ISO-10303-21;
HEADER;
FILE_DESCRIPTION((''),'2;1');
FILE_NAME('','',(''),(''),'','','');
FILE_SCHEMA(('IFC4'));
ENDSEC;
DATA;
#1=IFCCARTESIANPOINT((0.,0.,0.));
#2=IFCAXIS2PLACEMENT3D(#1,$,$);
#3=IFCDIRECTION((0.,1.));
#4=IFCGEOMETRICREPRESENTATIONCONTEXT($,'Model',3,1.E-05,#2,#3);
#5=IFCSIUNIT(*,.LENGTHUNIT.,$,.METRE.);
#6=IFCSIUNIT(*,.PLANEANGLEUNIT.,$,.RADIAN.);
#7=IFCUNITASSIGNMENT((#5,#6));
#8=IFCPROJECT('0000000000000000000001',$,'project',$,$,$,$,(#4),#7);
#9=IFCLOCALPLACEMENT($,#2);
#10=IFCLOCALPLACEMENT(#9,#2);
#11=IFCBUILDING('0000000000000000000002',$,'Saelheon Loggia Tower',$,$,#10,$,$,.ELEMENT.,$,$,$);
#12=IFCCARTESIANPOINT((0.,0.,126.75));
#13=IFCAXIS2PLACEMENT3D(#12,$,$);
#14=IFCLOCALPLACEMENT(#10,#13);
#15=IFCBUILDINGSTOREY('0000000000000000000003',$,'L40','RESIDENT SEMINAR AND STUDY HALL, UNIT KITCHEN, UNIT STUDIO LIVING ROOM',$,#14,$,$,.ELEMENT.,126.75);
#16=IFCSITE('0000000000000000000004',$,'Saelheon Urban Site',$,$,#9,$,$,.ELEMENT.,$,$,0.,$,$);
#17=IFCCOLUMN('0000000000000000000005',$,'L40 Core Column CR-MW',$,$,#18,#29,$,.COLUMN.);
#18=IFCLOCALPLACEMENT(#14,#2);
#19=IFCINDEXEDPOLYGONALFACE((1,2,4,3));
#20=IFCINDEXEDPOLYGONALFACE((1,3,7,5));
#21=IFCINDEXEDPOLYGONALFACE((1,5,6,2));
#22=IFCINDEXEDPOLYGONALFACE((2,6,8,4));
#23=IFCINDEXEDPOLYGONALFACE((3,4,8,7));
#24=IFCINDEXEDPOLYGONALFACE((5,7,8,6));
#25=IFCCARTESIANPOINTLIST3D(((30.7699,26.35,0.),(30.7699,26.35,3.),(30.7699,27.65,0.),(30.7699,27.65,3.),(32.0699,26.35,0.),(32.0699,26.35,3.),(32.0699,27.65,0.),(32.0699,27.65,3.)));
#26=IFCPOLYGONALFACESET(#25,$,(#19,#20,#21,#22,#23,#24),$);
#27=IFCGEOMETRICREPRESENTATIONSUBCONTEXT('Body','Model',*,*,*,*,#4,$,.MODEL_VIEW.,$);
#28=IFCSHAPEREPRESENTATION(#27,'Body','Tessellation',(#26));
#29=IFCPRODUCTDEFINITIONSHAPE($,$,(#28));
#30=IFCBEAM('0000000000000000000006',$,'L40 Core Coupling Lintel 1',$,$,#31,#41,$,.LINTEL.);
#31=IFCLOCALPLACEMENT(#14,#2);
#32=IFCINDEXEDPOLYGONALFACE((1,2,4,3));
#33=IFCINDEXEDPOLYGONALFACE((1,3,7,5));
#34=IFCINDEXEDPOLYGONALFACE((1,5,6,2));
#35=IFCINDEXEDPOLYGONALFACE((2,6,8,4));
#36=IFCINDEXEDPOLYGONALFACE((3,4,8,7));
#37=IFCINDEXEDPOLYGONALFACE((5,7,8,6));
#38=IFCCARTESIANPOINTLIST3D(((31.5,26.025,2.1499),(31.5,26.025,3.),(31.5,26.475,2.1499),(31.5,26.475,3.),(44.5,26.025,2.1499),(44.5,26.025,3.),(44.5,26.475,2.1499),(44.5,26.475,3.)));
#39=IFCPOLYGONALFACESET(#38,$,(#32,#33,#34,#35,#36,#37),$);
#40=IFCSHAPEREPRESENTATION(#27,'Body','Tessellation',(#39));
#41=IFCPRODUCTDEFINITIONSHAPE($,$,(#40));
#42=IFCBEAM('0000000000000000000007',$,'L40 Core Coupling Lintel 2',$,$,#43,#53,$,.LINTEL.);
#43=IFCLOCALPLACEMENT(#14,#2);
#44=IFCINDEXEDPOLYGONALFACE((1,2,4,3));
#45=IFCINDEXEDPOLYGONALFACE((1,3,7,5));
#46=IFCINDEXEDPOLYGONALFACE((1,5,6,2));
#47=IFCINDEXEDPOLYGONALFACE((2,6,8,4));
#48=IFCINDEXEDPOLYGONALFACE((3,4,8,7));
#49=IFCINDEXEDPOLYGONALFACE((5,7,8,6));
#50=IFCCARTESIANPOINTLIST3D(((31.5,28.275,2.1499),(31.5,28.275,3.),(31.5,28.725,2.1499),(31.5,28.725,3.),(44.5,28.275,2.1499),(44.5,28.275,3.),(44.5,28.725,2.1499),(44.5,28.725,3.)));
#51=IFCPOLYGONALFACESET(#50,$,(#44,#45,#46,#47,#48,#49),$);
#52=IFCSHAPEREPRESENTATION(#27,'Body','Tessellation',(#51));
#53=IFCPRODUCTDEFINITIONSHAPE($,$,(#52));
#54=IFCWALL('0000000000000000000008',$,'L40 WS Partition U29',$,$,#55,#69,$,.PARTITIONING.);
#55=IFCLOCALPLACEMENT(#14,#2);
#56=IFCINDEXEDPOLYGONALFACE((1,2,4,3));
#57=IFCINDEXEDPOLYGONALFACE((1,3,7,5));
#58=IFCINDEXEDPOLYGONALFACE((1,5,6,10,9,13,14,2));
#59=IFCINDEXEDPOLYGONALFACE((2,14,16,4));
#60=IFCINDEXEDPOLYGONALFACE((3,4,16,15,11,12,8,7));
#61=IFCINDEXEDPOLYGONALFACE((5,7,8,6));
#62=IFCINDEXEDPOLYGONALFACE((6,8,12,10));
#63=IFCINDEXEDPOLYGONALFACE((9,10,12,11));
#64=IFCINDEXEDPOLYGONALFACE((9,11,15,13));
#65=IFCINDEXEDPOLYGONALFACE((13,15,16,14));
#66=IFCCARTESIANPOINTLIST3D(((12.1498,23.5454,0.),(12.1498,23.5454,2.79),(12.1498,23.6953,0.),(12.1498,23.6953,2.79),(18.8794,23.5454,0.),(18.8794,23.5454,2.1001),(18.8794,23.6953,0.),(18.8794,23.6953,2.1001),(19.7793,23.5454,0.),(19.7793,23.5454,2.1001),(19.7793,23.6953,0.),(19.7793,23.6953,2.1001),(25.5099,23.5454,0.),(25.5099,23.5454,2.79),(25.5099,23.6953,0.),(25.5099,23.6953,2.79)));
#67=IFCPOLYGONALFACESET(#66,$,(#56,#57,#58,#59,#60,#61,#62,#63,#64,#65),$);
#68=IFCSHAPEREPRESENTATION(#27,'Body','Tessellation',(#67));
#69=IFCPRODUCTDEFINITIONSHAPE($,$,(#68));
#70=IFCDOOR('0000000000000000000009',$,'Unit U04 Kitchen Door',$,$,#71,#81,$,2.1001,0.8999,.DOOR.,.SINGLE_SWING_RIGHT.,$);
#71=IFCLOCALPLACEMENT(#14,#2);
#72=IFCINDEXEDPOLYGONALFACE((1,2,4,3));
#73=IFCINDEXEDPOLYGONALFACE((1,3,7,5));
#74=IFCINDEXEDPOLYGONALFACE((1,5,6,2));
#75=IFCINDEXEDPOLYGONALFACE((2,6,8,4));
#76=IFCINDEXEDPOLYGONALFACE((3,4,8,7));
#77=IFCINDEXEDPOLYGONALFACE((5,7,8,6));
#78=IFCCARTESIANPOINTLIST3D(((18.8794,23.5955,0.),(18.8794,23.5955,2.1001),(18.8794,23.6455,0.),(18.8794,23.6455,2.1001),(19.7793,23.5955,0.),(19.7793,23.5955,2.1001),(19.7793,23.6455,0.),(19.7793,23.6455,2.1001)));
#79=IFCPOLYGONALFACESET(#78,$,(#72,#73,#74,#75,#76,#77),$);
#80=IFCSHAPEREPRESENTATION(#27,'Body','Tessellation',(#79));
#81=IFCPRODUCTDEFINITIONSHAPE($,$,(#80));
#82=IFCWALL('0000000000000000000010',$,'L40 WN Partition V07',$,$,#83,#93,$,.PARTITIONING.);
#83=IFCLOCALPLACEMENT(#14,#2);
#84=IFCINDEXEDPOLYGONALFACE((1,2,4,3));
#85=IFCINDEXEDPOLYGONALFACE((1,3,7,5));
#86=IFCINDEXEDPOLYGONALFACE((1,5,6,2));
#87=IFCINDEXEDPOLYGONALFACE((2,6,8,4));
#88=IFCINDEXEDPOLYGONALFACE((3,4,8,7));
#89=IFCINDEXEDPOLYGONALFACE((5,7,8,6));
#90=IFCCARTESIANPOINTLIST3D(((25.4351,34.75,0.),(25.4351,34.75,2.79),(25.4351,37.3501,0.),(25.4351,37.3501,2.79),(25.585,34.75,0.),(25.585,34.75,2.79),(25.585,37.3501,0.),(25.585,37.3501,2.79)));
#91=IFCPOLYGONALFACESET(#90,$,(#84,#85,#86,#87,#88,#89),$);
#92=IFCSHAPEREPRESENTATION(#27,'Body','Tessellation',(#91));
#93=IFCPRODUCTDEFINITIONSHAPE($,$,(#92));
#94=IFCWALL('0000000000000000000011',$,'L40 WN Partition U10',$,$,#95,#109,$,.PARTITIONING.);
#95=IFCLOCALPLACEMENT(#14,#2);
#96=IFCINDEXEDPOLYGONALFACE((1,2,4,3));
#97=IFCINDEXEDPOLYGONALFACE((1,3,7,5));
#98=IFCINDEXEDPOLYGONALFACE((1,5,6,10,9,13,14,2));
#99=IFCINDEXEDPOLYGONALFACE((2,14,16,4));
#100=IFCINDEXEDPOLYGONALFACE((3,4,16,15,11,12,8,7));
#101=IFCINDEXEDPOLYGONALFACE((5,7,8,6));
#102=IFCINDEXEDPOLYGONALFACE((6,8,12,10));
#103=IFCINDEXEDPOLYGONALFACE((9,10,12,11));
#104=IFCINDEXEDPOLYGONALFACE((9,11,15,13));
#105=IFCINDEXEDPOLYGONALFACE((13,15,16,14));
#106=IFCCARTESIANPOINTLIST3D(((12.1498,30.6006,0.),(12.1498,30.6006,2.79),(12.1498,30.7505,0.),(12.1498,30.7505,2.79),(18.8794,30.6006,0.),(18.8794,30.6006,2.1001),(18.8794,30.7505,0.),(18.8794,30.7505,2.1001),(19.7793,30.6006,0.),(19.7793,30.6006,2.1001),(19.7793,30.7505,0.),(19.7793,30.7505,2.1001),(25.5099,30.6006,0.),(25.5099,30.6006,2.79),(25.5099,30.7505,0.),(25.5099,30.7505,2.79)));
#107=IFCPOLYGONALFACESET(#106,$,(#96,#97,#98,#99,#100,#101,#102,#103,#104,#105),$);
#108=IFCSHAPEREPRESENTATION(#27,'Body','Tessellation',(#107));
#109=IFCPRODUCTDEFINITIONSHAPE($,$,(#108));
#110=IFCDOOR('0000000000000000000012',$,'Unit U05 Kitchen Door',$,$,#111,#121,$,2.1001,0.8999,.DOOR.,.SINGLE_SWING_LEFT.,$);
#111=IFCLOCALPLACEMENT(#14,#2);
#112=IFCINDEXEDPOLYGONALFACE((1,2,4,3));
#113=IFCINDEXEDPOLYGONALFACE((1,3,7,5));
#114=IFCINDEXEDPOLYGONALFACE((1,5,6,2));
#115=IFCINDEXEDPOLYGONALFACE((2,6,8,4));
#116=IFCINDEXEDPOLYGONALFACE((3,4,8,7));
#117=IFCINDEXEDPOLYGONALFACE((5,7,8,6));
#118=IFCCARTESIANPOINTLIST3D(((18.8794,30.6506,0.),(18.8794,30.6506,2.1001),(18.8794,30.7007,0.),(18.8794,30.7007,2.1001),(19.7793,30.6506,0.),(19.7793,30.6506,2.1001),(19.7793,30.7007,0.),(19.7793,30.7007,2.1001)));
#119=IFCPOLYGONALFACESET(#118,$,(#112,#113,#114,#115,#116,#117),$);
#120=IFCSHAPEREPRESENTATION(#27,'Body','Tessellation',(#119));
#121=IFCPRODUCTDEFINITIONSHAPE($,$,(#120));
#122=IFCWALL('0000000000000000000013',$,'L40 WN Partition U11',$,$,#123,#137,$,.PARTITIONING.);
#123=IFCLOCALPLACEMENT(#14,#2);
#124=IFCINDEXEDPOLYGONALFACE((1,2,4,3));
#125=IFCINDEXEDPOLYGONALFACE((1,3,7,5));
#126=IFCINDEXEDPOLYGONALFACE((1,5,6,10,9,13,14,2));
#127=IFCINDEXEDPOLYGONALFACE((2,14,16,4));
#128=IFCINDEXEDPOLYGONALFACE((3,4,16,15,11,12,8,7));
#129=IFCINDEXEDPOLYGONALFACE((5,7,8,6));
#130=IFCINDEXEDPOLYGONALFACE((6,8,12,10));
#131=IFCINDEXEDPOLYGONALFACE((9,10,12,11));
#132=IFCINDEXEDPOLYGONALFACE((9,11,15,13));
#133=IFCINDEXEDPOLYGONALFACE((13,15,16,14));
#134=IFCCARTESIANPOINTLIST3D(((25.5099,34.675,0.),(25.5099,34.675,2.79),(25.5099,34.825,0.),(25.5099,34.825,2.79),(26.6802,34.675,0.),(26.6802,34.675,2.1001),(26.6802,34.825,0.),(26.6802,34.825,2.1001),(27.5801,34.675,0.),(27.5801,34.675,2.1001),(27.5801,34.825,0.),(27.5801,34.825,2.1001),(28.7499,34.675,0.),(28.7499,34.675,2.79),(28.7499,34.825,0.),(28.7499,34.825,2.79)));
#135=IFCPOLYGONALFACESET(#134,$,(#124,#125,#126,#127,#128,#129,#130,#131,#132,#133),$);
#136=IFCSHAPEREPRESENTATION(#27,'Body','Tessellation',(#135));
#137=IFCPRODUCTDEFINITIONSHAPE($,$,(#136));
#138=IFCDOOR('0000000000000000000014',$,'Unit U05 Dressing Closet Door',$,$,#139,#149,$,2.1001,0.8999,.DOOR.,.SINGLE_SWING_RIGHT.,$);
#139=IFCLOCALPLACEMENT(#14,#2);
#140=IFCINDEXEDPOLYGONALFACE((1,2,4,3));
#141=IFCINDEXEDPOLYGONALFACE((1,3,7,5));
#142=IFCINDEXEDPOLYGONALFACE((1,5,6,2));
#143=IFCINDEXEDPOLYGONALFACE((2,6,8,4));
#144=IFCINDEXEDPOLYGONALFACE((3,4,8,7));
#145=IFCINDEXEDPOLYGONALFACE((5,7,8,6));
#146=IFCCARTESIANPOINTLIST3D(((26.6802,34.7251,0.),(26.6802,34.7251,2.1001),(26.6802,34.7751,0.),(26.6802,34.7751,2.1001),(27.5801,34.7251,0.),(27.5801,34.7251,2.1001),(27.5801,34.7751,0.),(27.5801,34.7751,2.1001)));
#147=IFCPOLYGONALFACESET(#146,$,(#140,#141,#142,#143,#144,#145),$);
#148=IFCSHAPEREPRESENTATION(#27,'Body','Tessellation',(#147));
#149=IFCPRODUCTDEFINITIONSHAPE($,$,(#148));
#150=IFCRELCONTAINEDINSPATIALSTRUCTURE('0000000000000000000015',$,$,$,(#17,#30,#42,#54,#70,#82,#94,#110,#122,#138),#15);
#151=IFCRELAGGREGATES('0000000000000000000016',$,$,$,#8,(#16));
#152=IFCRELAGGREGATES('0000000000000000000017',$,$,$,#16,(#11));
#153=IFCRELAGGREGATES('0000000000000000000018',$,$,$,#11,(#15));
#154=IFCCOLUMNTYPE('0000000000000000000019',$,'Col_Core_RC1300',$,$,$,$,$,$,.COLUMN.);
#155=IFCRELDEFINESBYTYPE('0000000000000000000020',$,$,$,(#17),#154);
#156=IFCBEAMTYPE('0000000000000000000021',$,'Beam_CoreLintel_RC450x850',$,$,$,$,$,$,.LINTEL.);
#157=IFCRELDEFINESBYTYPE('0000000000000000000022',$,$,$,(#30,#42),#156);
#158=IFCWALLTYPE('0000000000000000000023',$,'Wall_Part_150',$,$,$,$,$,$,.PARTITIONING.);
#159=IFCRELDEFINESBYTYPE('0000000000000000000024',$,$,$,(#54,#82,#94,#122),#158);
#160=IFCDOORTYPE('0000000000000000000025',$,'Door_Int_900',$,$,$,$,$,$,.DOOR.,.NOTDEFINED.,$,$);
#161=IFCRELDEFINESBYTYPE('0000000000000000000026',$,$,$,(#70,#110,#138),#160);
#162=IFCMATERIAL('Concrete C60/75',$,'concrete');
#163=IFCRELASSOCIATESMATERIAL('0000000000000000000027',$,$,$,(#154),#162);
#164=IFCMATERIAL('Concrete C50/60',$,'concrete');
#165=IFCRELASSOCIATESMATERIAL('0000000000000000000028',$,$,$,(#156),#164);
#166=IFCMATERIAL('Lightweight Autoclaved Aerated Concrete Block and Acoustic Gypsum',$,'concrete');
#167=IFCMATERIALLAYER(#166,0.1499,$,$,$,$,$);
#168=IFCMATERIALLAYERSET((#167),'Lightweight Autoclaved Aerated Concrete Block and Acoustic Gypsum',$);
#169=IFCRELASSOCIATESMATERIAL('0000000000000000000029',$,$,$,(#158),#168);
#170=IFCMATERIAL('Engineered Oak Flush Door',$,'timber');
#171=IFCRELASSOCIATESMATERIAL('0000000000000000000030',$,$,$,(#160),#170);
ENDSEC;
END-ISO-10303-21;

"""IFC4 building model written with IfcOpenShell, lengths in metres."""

from ifc_helpers import new_model, si_unit, direction, frame, frame_2d, origin, origin_2d, place, context, subcontext, project, spatial, rectangle, extrude, source, transform, mapped, material, layer, layer_set, material_profile, profile_set, type_object, element, fill, save


model = new_model("IFC4")

# Units and contexts
model_context = context("Model", 3, precision=1e-05, world=origin(), true_north=direction((0.0, 1.0)))
body_context = subcontext(model_context, "Body", "Model", "MODEL_VIEW")
ifc_project = project(units=[si_unit("LENGTHUNIT", "METRE"), si_unit("PLANEANGLEUNIT", "RADIAN")], contexts=[model_context])

# Site, building, storey
site_placement = place(None, origin())
site = spatial("IfcSite", under=ifc_project, at=site_placement, Name="Saelheon Urban Site", CompositionType="ELEMENT", RefElevation=0.0)
building_placement = place(site_placement, origin())
building = spatial("IfcBuilding", under=site, at=building_placement, Name="Saelheon Loggia Tower", CompositionType="ELEMENT")
storey_placement = place(building_placement, frame((0.0, 0.0, 126.75)))
storey = spatial("IfcBuildingStorey", under=building, at=storey_placement, Name="L40", Description="RESIDENT SEMINAR AND STUDY HALL, UNIT KITCHEN, UNIT STUDIO LIVING ROOM", CompositionType="ELEMENT", Elevation=126.75)

# Column
ifc_material_1 = material(Name="Concrete C60/75", Category="concrete")
ifc_material_profile_1 = material_profile(ifc_material_1, rectangle(XDim=1.3, YDim=1.3, at=origin_2d()), Name="RC-1300x1300")
ifc_profile_set_1 = profile_set([ifc_material_profile_1], Name="Concrete C60/75")
column_type = type_object("IfcColumnType", Name="Col_Core_RC1300", PredefinedType="COLUMN", material=ifc_profile_set_1)
shared_shape_1 = source(origin(), body_context, "Body", "SweptSolid", [
    extrude(rectangle(XDim=1.3, YDim=1.3, at=origin_2d()), origin(), (0.0, 0.0, 1.0), 3.0),
])
column_placement = place(storey_placement, frame((31.4199, 27.0, 0.0), z_axis=(0.0, 0.0, 1.0), x_axis=(1.0, 0.0, 0.0)))
element("IfcColumn", 1, at=column_placement, inside=storey, type_object=column_type, Name="L40 Core Column CR-MW", PredefinedType="COLUMN", context=body_context, shape_type="MappedRepresentation", body=[
    mapped(shared_shape_1, transform((0.0, 0.0, 0.0), scale=1.0)),
])

# Beams
ifc_material_2 = material(Name="Concrete C50/60", Category="concrete")
ifc_material_profile_2 = material_profile(ifc_material_2, rectangle(XDim=0.45, YDim=0.8501, at=origin_2d()), Name="RC-450x850")
ifc_profile_set_2 = profile_set([ifc_material_profile_2], Name="Concrete C50/60")
beam_type = type_object("IfcBeamType", Name="Beam_CoreLintel_RC450x850", PredefinedType="LINTEL", material=ifc_profile_set_2)
shared_shape_2 = source(origin(), body_context, "Body", "SweptSolid", [
    extrude(rectangle(XDim=0.45, YDim=0.8501, at=origin_2d()), origin(), (0.0, 0.0, 1.0), 13.0),
])
for number, where, z_axis, x_axis, name in (
    (2, (31.5, 26.25, 2.575), (1.0, 0.0, 0.0), (0.0, 1.0, 0.0), "L40 Core Coupling Lintel 1"),
    (3, (31.5, 28.5, 2.575), (1.0, 0.0, 0.0), (0.0, 1.0, 0.0), "L40 Core Coupling Lintel 2"),
):
    element("IfcBeam", number, at=place(storey_placement, frame(where, z_axis=z_axis, x_axis=x_axis)), inside=storey, type_object=beam_type, Name=name, PredefinedType="LINTEL", context=body_context, shape_type="MappedRepresentation", body=[
        mapped(shared_shape_2, transform((0.0, 0.0, 0.0), scale=1.0)),
    ])

# Wall, opening, door
ifc_material_3 = material(Name="Lightweight Autoclaved Aerated Concrete Block and Acoustic Gypsum", Category="concrete")
ifc_layer_1 = layer(ifc_material_3, 0.1499)
ifc_layer_set_1 = layer_set([ifc_layer_1], Name="Lightweight Autoclaved Aerated Concrete Block and Acoustic Gypsum")
wall_type_1 = type_object("IfcWallType", Name="Wall_Part_150", PredefinedType="PARTITIONING", material=ifc_layer_set_1)
wall_1_placement = place(storey_placement, frame((25.51, 23.6204, 0.0), z_axis=(0.0, 0.0, 1.0), x_axis=(-1.0, 0.0, 0.0)))
wall_1 = element("IfcWall", 4, at=wall_1_placement, inside=storey, type_object=wall_type_1, Name="L40 WS Partition U29", PredefinedType="PARTITIONING", context=body_context, shape_type="SweptSolid", body=[
    extrude(rectangle(XDim=13.3601, YDim=0.1499, at=frame_2d((6.6802, 0.0))), origin(), (0.0, 0.0, 1.0), 2.79),
])
opening_1_placement = place(wall_1_placement, frame((5.7307, 0.0, 0.0)))
opening_1 = element("IfcOpeningElement", 5, at=opening_1_placement, cuts=wall_1, PredefinedType="OPENING", context=body_context, shape_type="SweptSolid", body=[
    extrude(rectangle(XDim=0.8999, YDim=2.1001, at=frame_2d((0.45, 1.05))), frame((0.0, 0.0869, 0.0), z_axis=(0.0, -1.0, 0.0), x_axis=(1.0, 0.0, 0.0)), (0.0, 0.0, 1.0), 0.1738),
])
ifc_material_4 = material(Name="Engineered Oak Flush Door", Category="timber")
door_type_1 = type_object("IfcDoorType", Name="Door_Int_900", OperationType="NOTDEFINED", PredefinedType="DOOR", material=ifc_material_4)
shared_shape_3 = source(origin(), body_context, "Body", "SweptSolid", [
    extrude(rectangle(XDim=0.8999, YDim=2.1001, at=frame_2d((0.45, 1.05))), frame((0.0, 0.0249, 0.0), z_axis=(0.0, -1.0, 0.0), x_axis=(1.0, 0.0, 0.0)), (0.0, 0.0, 1.0), 0.05),
])
door_1_placement = place(opening_1_placement, origin())
door_1 = element("IfcDoor", 6, at=door_1_placement, inside=storey, type_object=door_type_1, Name="Unit U04 Kitchen Door", OperationType="SINGLE_SWING_RIGHT", OverallHeight=2.1001, OverallWidth=0.8999, PredefinedType="DOOR", context=body_context, shape_type="MappedRepresentation", body=[
    mapped(shared_shape_3, transform((0.0, 0.0, 0.0), scale=1.0)),
])
fill(opening_1, door_1)

# Wall
wall_2_placement = place(storey_placement, frame((25.51, 34.75, 0.0), z_axis=(0.0, 0.0, 1.0), x_axis=(0.0, 1.0, 0.0)))
element("IfcWall", 7, at=wall_2_placement, inside=storey, type_object=wall_type_1, Name="L40 WN Partition V07", PredefinedType="PARTITIONING", context=body_context, shape_type="SweptSolid", body=[
    extrude(rectangle(XDim=2.6001, YDim=0.1499, at=frame_2d((1.3, 0.0))), origin(), (0.0, 0.0, 1.0), 2.79),
])

# Walls, openings, doors
wall_3_placement = place(storey_placement, frame((25.51, 30.6755, 0.0), z_axis=(0.0, 0.0, 1.0), x_axis=(-1.0, 0.0, 0.0)))
wall_3 = element("IfcWall", 8, at=wall_3_placement, inside=storey, type_object=wall_type_1, Name="L40 WN Partition U10", PredefinedType="PARTITIONING", context=body_context, shape_type="SweptSolid", body=[
    extrude(rectangle(XDim=13.3601, YDim=0.1499, at=frame_2d((6.6802, 0.0))), origin(), (0.0, 0.0, 1.0), 2.79),
])
opening_2_placement = place(wall_3_placement, frame((5.7307, 0.0, 0.0)))
opening_2 = element("IfcOpeningElement", 9, at=opening_2_placement, cuts=wall_3, PredefinedType="OPENING", context=body_context, shape_type="SweptSolid", body=[
    extrude(rectangle(XDim=0.8999, YDim=2.1001, at=frame_2d((0.45, 1.05))), frame((0.0, 0.0869, 0.0), z_axis=(0.0, -1.0, 0.0), x_axis=(1.0, 0.0, 0.0)), (0.0, 0.0, 1.0), 0.1738),
])
door_2_placement = place(opening_2_placement, origin())
door_2 = element("IfcDoor", 10, at=door_2_placement, inside=storey, type_object=door_type_1, Name="Unit U05 Kitchen Door", OperationType="SINGLE_SWING_LEFT", OverallHeight=2.1001, OverallWidth=0.8999, PredefinedType="DOOR", context=body_context, shape_type="MappedRepresentation", body=[
    mapped(shared_shape_3, transform((0.0, 0.0, 0.0), scale=1.0)),
])
fill(opening_2, door_2)
wall_4_placement = place(storey_placement, frame((28.75, 34.75, 0.0), z_axis=(0.0, 0.0, 1.0), x_axis=(-1.0, 0.0, 0.0)))
wall_4 = element("IfcWall", 11, at=wall_4_placement, inside=storey, type_object=wall_type_1, Name="L40 WN Partition U11", PredefinedType="PARTITIONING", context=body_context, shape_type="SweptSolid", body=[
    extrude(rectangle(XDim=3.24, YDim=0.1499, at=frame_2d((1.6201, 0.0))), origin(), (0.0, 0.0, 1.0), 2.79),
])
opening_3_placement = place(wall_4_placement, frame((1.1699, 0.0, 0.0)))
opening_3 = element("IfcOpeningElement", 12, at=opening_3_placement, cuts=wall_4, PredefinedType="OPENING", context=body_context, shape_type="SweptSolid", body=[
    extrude(rectangle(XDim=0.8999, YDim=2.1001, at=frame_2d((0.45, 1.05))), frame((0.0, 0.0869, 0.0), z_axis=(0.0, -1.0, 0.0), x_axis=(1.0, 0.0, 0.0)), (0.0, 0.0, 1.0), 0.1738),
])
door_3_placement = place(opening_3_placement, origin())
door_3 = element("IfcDoor", 13, at=door_3_placement, inside=storey, type_object=door_type_1, Name="Unit U05 Dressing Closet Door", OperationType="SINGLE_SWING_RIGHT", OverallHeight=2.1001, OverallWidth=0.8999, PredefinedType="DOOR", context=body_context, shape_type="MappedRepresentation", body=[
    mapped(shared_shape_3, transform((0.0, 0.0, 0.0), scale=1.0)),
])
fill(opening_3, door_3)

save(model, "model.ifc")
